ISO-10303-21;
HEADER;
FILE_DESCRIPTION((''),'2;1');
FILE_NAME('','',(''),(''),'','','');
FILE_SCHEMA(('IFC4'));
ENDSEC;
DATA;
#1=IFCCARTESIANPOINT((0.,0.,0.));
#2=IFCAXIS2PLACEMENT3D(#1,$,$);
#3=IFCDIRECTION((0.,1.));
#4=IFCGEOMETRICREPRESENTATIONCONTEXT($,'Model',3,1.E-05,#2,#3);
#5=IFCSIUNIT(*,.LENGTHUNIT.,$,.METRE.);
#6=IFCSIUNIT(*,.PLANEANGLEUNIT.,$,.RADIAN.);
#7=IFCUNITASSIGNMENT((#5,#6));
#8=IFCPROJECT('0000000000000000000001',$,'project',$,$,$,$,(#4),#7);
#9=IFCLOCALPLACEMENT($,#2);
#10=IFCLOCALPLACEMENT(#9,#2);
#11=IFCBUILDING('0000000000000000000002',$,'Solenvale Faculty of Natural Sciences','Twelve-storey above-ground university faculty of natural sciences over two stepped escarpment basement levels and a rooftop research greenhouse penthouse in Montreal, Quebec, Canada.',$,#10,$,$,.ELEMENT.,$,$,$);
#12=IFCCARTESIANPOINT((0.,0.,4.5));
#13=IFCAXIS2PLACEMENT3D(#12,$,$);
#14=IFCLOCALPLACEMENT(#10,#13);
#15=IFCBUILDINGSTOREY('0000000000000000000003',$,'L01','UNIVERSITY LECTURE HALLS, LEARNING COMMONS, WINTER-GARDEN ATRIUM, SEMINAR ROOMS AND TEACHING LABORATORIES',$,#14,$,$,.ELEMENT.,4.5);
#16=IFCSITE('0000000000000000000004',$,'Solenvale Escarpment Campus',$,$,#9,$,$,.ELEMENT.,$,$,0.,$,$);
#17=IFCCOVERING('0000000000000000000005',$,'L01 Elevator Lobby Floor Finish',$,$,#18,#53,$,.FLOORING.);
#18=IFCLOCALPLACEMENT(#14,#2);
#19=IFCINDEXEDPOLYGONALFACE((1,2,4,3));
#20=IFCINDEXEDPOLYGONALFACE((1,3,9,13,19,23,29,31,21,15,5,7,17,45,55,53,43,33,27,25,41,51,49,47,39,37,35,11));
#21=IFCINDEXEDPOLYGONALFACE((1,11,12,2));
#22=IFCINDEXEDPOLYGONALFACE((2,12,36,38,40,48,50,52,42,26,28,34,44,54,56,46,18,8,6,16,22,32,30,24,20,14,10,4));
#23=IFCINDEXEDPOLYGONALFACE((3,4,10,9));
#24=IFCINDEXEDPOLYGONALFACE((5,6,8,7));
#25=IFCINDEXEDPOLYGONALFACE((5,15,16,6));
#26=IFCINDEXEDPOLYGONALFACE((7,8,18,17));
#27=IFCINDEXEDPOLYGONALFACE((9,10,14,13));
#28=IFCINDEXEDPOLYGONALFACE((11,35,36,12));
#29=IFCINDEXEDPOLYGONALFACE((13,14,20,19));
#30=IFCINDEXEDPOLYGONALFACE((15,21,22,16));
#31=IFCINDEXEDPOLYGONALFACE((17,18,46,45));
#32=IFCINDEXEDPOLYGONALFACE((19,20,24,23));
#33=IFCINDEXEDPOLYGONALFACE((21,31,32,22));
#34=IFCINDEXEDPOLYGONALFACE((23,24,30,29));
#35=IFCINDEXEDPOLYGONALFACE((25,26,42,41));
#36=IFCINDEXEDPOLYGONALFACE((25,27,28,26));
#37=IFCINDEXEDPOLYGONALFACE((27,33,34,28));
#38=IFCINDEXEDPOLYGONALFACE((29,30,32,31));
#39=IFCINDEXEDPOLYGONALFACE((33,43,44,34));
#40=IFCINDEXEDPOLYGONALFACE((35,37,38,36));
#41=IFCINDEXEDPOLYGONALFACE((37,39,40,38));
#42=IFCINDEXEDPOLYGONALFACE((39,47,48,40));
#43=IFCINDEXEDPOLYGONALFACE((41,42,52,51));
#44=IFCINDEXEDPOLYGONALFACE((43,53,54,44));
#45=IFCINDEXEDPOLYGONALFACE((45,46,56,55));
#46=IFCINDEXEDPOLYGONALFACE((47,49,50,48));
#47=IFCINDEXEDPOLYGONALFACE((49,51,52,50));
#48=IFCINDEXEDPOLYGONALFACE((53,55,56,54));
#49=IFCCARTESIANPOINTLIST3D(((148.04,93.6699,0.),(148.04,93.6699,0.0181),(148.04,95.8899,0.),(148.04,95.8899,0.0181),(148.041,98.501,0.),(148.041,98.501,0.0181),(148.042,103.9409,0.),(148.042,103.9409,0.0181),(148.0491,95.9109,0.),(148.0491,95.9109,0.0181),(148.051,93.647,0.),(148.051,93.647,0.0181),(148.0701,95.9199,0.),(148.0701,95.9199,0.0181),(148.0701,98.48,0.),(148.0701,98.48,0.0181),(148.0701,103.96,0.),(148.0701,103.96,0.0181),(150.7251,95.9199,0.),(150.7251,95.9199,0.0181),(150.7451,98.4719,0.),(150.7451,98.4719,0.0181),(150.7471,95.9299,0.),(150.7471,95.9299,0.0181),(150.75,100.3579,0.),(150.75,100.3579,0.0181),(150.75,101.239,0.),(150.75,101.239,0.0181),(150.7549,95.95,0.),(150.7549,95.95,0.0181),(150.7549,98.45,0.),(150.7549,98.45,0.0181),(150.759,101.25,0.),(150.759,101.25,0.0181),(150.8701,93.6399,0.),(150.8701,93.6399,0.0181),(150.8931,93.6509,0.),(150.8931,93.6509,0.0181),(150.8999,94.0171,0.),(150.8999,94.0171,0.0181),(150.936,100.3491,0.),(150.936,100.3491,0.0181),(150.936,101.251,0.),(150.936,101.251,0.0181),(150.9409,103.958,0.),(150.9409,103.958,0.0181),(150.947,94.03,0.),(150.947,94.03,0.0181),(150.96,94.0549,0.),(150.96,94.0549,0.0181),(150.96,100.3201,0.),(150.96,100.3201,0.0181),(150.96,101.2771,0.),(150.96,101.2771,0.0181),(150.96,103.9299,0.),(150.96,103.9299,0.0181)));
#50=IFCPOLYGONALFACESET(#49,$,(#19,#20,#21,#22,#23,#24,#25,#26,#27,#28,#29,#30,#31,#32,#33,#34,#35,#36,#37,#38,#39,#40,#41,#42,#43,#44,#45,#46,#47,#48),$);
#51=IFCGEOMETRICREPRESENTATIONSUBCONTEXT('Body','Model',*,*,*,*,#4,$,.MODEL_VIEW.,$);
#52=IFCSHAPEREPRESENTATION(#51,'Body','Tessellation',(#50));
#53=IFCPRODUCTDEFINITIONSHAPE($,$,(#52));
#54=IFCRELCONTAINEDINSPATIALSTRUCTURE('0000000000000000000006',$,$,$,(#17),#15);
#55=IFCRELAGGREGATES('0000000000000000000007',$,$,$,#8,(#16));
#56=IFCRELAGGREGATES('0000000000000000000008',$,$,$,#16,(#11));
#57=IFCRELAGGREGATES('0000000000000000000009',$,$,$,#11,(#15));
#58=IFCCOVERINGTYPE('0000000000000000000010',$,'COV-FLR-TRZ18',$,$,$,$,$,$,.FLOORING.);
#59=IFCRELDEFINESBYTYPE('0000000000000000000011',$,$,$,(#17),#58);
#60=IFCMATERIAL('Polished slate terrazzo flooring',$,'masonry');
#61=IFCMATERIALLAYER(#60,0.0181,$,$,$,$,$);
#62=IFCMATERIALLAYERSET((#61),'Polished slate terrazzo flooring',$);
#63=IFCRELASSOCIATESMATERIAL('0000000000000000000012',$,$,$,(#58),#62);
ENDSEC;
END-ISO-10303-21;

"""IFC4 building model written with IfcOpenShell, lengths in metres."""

from ifc_helpers import new_model, si_unit, direction, frame, origin, place, context, subcontext, project, spatial, polyline, outline, extrude, material, layer, layer_set, type_object, element, save


model = new_model("IFC4")

# Units and contexts
model_context = context("Model", 3, precision=1e-05, world=origin(), true_north=direction((0.0, 1.0)))
body_context = subcontext(model_context, "Body", "Model", "MODEL_VIEW")
ifc_project = project(units=[si_unit("LENGTHUNIT", "METRE"), si_unit("PLANEANGLEUNIT", "RADIAN")], contexts=[model_context])

# Site, building, storey
site_placement = place(None, origin())
site = spatial("IfcSite", under=ifc_project, at=site_placement, Name="Solenvale Escarpment Campus", CompositionType="ELEMENT", RefElevation=0.0)
building_placement = place(site_placement, origin())
building = spatial("IfcBuilding", under=site, at=building_placement, Name="Solenvale Faculty of Natural Sciences", Description="Twelve-storey above-ground university faculty of natural sciences over two stepped escarpment basement levels and a rooftop research greenhouse penthouse in Montreal, Quebec, Canada.", CompositionType="ELEMENT")
storey_placement = place(building_placement, frame((0.0, 0.0, 4.5)))
storey = spatial("IfcBuildingStorey", under=building, at=storey_placement, Name="L01", Description="UNIVERSITY LECTURE HALLS, LEARNING COMMONS, WINTER-GARDEN ATRIUM, SEMINAR ROOMS AND TEACHING LABORATORIES", CompositionType="ELEMENT", Elevation=4.5)

# Covering
ifc_material_1 = material(Name="Polished slate terrazzo flooring", Category="masonry")
ifc_layer_1 = layer(ifc_material_1, 0.0181)
ifc_layer_set_1 = layer_set([ifc_layer_1], Name="Polished slate terrazzo flooring")
covering_type_1 = type_object("IfcCoveringType", Name="COV-FLR-TRZ18", PredefinedType="FLOORING", material=ifc_layer_set_1)
covering_1_placement = place(storey_placement, origin())
element("IfcCovering", 1, at=covering_1_placement, inside=storey, type_object=covering_type_1, Name="L01 Elevator Lobby Floor Finish", PredefinedType="FLOORING", context=body_context, shape_type="SweptSolid", body=[
    extrude(outline(polyline([(148.04, 95.8899), (148.0491, 95.9109), (148.0701, 95.9199), (150.7251, 95.9199), (150.7471, 95.9299), (150.7549, 95.95), (150.7549, 98.45), (150.7451, 98.4719), (148.0701, 98.48), (148.041, 98.501), (148.042, 103.9409), (148.0701, 103.96), (150.9409, 103.958), (150.96, 103.9299), (150.96, 101.2771), (150.936, 101.251), (150.759, 101.25), (150.75, 101.239), (150.75, 100.3579), (150.936, 100.3491), (150.96, 100.3201), (150.96, 94.0549), (150.947, 94.03), (150.8999, 94.0171), (150.8931, 93.6509), (150.8701, 93.6399), (148.051, 93.647), (148.04, 93.6699), (148.04, 95.8899)])), origin(), (0.0, 0.0, 1.0), 0.0181),
])

save(model, "model.ifc")
